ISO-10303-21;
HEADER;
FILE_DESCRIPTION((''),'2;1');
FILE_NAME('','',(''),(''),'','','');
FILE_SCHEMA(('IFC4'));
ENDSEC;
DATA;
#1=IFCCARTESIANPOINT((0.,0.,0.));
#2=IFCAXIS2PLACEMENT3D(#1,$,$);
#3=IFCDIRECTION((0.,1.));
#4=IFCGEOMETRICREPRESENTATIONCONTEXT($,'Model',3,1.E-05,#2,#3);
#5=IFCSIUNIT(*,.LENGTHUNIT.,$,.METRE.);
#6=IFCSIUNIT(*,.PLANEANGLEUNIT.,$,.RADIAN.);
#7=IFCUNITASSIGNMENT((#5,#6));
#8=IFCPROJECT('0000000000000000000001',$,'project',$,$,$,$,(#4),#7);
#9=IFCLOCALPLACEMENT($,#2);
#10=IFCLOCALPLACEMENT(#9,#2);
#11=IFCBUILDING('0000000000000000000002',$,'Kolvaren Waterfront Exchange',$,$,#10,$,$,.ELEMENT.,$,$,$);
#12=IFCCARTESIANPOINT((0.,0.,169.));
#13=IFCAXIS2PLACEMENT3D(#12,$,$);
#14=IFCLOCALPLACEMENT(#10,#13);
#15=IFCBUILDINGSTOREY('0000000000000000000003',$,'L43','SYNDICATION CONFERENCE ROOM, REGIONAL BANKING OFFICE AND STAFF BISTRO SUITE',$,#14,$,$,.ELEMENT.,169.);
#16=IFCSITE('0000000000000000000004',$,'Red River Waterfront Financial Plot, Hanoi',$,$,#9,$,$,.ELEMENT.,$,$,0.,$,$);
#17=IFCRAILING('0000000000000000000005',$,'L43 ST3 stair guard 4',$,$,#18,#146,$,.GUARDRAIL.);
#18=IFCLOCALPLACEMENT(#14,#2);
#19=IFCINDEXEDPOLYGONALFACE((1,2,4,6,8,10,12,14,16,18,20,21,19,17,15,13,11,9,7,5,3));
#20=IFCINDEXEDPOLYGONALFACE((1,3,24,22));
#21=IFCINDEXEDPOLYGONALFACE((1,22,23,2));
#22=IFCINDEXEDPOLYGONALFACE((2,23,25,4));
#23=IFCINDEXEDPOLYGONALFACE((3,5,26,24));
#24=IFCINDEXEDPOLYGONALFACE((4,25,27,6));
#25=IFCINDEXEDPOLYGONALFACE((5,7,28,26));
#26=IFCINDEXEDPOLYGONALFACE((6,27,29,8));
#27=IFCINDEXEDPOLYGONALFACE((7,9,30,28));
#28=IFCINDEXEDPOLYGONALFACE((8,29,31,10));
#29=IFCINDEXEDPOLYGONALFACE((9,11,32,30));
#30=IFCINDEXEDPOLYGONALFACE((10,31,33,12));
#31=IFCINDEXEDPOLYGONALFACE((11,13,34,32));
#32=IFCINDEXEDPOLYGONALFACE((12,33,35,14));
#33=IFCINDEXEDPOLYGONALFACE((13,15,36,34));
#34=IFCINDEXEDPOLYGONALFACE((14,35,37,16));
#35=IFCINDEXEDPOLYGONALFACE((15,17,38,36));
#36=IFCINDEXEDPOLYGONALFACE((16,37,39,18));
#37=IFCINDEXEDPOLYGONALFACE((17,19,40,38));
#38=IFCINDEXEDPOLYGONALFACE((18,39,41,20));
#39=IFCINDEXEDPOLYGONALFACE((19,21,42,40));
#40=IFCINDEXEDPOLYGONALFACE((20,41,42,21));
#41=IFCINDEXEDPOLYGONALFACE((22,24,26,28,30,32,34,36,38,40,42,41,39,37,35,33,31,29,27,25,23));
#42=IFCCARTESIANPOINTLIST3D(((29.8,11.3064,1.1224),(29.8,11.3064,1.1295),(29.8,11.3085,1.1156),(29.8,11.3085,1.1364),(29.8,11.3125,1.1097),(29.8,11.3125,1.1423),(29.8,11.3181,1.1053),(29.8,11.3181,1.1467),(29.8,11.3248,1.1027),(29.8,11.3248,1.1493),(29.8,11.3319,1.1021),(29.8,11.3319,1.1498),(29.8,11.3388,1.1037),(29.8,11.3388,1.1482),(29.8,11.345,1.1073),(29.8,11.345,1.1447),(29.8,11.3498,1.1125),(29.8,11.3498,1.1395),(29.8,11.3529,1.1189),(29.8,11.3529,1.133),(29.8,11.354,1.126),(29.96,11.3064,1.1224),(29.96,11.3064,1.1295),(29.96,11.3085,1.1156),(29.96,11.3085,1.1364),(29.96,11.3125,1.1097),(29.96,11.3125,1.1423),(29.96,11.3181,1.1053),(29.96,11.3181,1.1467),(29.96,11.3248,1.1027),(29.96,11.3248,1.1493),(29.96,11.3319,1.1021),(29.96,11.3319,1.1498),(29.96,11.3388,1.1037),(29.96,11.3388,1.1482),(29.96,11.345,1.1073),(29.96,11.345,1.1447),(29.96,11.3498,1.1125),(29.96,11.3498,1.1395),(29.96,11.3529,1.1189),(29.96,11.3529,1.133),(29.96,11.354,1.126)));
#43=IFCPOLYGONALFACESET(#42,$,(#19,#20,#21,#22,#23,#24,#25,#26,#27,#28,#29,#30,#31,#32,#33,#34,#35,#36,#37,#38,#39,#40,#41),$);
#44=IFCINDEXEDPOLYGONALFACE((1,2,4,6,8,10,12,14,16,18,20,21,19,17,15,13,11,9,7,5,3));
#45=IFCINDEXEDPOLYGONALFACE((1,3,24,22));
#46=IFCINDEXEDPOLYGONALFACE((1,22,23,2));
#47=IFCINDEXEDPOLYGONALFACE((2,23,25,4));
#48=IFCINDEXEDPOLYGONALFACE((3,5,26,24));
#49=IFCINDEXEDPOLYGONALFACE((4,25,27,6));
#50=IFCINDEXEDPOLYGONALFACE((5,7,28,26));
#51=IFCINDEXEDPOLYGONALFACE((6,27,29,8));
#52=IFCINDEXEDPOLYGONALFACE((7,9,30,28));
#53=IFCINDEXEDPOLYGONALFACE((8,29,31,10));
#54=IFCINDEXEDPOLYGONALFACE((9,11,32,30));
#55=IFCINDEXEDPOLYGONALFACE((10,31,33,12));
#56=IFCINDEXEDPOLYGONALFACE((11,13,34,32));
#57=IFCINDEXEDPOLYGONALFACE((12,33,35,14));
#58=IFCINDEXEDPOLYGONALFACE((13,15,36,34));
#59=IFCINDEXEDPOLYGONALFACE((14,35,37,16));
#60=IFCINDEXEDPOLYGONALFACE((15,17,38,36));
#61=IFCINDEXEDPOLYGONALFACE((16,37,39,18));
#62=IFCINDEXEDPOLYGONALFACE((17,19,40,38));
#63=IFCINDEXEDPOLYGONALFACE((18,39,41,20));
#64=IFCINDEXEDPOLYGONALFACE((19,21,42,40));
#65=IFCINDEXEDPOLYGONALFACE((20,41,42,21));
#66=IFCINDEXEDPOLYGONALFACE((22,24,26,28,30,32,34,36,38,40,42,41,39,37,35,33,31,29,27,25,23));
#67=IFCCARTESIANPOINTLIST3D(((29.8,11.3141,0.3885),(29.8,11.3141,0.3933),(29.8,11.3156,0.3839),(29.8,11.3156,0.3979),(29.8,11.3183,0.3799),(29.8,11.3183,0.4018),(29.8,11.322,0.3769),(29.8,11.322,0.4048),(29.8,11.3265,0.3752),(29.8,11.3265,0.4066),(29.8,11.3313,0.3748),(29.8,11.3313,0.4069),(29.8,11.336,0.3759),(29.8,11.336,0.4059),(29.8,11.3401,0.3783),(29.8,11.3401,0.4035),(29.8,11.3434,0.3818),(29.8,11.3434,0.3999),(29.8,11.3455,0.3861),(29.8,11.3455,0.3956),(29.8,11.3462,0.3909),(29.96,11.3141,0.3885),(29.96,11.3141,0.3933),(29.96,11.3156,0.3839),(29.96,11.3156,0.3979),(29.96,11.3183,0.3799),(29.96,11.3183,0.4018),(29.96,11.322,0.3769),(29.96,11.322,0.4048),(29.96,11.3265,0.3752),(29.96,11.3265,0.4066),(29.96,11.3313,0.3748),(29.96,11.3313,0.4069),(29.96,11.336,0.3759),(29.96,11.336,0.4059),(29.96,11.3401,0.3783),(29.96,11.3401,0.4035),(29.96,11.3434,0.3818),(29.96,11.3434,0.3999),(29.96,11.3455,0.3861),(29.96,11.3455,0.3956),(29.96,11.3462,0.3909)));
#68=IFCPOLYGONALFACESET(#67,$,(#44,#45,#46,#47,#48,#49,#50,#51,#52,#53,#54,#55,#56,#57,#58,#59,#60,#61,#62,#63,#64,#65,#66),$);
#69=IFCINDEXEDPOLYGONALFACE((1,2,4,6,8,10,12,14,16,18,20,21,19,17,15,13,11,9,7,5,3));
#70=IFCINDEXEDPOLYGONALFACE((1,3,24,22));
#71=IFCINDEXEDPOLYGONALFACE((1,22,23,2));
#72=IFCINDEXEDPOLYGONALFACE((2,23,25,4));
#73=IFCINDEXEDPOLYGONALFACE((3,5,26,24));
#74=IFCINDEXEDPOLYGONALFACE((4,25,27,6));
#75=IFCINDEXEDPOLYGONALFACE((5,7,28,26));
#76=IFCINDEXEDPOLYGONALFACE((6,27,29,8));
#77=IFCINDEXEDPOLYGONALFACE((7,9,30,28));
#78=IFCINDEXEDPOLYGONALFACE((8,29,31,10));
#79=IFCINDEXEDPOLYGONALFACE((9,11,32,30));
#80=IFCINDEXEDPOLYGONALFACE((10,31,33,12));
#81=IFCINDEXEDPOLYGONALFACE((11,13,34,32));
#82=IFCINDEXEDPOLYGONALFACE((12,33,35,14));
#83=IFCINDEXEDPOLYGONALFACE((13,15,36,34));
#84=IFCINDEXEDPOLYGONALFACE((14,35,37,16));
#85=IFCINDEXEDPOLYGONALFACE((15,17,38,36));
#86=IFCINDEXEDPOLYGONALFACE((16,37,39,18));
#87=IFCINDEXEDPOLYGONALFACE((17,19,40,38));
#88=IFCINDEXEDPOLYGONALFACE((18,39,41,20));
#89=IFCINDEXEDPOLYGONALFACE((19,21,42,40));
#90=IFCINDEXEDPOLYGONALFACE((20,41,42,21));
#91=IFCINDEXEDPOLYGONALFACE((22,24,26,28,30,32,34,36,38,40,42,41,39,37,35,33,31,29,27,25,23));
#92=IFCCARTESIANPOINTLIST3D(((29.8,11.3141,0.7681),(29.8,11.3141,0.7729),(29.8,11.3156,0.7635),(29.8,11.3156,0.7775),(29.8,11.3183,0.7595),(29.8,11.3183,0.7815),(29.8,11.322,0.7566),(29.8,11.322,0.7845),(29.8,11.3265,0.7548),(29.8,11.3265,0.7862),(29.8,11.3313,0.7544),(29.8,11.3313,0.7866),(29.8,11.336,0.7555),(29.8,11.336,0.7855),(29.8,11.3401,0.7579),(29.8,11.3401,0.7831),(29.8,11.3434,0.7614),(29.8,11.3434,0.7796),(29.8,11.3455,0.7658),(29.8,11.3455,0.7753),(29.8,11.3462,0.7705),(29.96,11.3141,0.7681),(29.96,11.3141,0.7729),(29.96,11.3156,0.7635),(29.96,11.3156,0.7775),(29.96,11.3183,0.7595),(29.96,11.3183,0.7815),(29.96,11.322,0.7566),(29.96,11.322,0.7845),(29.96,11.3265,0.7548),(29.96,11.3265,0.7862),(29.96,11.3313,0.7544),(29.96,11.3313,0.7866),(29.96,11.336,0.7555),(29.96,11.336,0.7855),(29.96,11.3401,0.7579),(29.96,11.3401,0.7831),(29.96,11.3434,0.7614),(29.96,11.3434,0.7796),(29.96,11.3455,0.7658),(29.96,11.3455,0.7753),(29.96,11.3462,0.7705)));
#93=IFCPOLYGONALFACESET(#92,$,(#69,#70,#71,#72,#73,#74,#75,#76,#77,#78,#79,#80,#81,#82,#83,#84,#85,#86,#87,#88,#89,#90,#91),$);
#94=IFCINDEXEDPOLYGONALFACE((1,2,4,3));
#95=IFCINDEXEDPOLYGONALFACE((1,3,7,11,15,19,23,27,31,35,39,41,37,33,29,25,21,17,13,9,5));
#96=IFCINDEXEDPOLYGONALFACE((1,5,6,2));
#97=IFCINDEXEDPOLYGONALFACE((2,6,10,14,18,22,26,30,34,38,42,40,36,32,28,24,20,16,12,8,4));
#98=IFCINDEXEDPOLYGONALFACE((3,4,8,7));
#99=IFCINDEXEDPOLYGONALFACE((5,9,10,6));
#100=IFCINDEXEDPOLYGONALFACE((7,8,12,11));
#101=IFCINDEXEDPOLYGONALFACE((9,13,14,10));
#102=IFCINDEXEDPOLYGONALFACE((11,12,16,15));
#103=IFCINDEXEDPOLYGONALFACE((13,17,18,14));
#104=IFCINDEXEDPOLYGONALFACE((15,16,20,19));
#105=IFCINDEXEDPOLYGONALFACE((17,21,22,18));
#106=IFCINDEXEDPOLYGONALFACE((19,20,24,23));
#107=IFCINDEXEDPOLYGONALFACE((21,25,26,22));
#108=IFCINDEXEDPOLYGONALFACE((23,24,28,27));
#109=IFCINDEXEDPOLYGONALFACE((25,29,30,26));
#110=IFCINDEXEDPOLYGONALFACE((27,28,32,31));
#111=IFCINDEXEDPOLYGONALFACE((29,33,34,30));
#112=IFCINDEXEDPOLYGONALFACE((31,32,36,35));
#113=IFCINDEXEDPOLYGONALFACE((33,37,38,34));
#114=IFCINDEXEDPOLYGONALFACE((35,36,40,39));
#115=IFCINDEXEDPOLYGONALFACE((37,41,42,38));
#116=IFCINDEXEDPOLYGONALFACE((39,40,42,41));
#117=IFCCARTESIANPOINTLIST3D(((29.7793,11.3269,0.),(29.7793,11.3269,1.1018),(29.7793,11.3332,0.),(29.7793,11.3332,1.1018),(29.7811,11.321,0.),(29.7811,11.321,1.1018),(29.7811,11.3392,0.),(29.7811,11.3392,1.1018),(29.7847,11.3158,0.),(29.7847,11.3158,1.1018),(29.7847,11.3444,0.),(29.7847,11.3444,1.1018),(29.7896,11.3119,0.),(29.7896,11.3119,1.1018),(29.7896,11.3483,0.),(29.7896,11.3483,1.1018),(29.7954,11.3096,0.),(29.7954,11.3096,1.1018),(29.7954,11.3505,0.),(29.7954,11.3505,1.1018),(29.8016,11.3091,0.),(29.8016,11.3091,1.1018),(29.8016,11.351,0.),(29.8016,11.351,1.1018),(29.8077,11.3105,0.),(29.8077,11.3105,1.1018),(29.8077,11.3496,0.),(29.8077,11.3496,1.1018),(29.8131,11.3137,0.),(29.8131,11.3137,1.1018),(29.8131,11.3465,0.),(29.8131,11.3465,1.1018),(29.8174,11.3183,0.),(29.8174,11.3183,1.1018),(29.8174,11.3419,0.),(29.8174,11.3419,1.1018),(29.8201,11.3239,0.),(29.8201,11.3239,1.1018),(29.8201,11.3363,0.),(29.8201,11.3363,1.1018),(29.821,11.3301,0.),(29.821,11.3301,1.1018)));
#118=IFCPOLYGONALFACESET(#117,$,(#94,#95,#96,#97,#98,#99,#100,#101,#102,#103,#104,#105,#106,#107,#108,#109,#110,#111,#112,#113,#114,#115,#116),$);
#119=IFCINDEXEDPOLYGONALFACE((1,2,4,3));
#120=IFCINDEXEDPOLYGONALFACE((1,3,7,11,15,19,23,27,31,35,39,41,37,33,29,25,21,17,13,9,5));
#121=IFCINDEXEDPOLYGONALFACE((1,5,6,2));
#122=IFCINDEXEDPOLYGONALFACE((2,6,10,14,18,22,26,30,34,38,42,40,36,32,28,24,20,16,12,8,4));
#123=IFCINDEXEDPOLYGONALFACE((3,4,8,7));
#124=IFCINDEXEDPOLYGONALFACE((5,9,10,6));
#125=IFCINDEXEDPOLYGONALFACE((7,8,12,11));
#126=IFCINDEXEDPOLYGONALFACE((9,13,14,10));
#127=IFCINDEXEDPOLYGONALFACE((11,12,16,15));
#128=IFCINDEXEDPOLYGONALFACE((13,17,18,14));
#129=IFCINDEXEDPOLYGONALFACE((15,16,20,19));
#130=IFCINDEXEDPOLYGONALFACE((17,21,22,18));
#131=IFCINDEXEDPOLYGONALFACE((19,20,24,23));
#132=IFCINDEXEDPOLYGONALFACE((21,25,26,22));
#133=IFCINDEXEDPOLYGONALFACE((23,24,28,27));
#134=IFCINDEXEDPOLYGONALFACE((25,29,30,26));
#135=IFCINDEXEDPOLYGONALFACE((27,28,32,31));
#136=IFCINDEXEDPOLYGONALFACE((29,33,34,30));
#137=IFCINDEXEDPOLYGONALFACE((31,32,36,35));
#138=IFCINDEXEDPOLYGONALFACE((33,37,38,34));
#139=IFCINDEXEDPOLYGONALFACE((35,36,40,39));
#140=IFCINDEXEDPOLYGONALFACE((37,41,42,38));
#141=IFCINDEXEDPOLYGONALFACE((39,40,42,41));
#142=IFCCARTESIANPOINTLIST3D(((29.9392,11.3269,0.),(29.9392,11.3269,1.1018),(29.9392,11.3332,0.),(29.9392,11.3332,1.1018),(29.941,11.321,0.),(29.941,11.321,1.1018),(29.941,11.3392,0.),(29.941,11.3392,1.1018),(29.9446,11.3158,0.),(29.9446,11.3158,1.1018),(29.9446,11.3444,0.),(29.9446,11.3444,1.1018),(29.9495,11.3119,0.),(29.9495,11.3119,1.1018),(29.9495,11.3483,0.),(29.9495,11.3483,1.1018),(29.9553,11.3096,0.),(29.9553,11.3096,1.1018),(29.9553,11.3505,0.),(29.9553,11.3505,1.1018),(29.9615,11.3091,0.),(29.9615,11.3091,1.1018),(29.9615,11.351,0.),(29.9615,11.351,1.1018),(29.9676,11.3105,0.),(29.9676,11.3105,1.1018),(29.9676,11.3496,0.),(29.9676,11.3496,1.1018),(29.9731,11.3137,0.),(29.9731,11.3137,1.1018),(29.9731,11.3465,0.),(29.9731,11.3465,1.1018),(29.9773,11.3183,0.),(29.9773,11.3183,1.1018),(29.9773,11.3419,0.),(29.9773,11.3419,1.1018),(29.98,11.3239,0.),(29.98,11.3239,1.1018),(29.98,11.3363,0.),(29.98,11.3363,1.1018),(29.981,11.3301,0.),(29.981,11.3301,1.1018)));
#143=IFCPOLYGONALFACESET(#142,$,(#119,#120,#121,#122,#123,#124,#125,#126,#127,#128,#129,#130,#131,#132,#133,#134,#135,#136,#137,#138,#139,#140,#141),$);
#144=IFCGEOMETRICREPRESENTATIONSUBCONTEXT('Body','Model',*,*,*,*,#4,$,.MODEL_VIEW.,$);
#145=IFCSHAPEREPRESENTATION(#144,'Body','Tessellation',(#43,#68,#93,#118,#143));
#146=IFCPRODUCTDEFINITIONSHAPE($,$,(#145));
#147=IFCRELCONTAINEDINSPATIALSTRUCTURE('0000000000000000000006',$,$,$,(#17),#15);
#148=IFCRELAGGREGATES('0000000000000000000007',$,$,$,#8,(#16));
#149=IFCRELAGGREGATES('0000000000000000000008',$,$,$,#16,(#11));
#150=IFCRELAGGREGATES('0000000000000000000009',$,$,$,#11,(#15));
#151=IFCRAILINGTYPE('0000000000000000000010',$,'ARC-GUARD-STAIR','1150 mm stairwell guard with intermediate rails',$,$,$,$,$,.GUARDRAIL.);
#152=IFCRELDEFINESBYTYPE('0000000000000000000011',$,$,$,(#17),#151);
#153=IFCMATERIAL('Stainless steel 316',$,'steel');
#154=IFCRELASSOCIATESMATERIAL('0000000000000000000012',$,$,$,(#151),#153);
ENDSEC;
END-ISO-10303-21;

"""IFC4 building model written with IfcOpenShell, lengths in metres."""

from ifc_helpers import new_model, si_unit, direction, frame, origin, origin_2d, place, context, subcontext, project, spatial, circle, extrude, material, type_object, element, save


model = new_model("IFC4")

# Units and contexts
model_context = context("Model", 3, precision=1e-05, world=origin(), true_north=direction((0.0, 1.0)))
body_context = subcontext(model_context, "Body", "Model", "MODEL_VIEW")
ifc_project = project(units=[si_unit("LENGTHUNIT", "METRE"), si_unit("PLANEANGLEUNIT", "RADIAN")], contexts=[model_context])

# Site, building, storey
site_placement = place(None, origin())
site = spatial("IfcSite", under=ifc_project, at=site_placement, Name="Red River Waterfront Financial Plot, Hanoi", CompositionType="ELEMENT", RefElevation=0.0)
building_placement = place(site_placement, origin())
building = spatial("IfcBuilding", under=site, at=building_placement, Name="Kolvaren Waterfront Exchange", CompositionType="ELEMENT")
storey_placement = place(building_placement, frame((0.0, 0.0, 169.0)))
storey = spatial("IfcBuildingStorey", under=building, at=storey_placement, Name="L43", Description="SYNDICATION CONFERENCE ROOM, REGIONAL BANKING OFFICE AND STAFF BISTRO SUITE", CompositionType="ELEMENT", Elevation=169.0)

# Railing
ifc_material_1 = material(Name="Stainless steel 316", Category="steel")
railing_type = type_object("IfcRailingType", Name="ARC-GUARD-STAIR", Description="1150 mm stairwell guard with intermediate rails", PredefinedType="GUARDRAIL", material=ifc_material_1)
railing_1_placement = place(storey_placement, frame((29.8, 11.3301, 0.0)))
element("IfcRailing", 1, at=railing_1_placement, inside=storey, type_object=railing_type, Name="L43 ST3 stair guard 4", PredefinedType="GUARDRAIL", context=body_context, shape_type="SweptSolid", body=[
    extrude(circle(Radius=0.0239, at=origin_2d()), frame((0.0, 0.0, 1.126), z_axis=(1.0, 0.0, 0.0), x_axis=(0.0, 1.0, 0.0)), (0.0, 0.0, 1.0), 0.1599),
    extrude(circle(Radius=0.0161, at=origin_2d()), frame((0.0, 0.0, 0.3909), z_axis=(1.0, 0.0, 0.0), x_axis=(0.0, 1.0, 0.0)), (0.0, 0.0, 1.0), 0.1599),
    extrude(circle(Radius=0.0161, at=origin_2d()), frame((0.0, 0.0, 0.7705), z_axis=(1.0, 0.0, 0.0), x_axis=(0.0, 1.0, 0.0)), (0.0, 0.0, 1.0), 0.1599),
    extrude(circle(Radius=0.021, at=origin_2d()), origin(), (0.0, 0.0, 1.0), 1.1018),
    extrude(circle(Radius=0.021, at=origin_2d()), frame((0.1599, 0.0, 0.0)), (0.0, 0.0, 1.0), 1.1018),
])

save(model, "model.ifc")
